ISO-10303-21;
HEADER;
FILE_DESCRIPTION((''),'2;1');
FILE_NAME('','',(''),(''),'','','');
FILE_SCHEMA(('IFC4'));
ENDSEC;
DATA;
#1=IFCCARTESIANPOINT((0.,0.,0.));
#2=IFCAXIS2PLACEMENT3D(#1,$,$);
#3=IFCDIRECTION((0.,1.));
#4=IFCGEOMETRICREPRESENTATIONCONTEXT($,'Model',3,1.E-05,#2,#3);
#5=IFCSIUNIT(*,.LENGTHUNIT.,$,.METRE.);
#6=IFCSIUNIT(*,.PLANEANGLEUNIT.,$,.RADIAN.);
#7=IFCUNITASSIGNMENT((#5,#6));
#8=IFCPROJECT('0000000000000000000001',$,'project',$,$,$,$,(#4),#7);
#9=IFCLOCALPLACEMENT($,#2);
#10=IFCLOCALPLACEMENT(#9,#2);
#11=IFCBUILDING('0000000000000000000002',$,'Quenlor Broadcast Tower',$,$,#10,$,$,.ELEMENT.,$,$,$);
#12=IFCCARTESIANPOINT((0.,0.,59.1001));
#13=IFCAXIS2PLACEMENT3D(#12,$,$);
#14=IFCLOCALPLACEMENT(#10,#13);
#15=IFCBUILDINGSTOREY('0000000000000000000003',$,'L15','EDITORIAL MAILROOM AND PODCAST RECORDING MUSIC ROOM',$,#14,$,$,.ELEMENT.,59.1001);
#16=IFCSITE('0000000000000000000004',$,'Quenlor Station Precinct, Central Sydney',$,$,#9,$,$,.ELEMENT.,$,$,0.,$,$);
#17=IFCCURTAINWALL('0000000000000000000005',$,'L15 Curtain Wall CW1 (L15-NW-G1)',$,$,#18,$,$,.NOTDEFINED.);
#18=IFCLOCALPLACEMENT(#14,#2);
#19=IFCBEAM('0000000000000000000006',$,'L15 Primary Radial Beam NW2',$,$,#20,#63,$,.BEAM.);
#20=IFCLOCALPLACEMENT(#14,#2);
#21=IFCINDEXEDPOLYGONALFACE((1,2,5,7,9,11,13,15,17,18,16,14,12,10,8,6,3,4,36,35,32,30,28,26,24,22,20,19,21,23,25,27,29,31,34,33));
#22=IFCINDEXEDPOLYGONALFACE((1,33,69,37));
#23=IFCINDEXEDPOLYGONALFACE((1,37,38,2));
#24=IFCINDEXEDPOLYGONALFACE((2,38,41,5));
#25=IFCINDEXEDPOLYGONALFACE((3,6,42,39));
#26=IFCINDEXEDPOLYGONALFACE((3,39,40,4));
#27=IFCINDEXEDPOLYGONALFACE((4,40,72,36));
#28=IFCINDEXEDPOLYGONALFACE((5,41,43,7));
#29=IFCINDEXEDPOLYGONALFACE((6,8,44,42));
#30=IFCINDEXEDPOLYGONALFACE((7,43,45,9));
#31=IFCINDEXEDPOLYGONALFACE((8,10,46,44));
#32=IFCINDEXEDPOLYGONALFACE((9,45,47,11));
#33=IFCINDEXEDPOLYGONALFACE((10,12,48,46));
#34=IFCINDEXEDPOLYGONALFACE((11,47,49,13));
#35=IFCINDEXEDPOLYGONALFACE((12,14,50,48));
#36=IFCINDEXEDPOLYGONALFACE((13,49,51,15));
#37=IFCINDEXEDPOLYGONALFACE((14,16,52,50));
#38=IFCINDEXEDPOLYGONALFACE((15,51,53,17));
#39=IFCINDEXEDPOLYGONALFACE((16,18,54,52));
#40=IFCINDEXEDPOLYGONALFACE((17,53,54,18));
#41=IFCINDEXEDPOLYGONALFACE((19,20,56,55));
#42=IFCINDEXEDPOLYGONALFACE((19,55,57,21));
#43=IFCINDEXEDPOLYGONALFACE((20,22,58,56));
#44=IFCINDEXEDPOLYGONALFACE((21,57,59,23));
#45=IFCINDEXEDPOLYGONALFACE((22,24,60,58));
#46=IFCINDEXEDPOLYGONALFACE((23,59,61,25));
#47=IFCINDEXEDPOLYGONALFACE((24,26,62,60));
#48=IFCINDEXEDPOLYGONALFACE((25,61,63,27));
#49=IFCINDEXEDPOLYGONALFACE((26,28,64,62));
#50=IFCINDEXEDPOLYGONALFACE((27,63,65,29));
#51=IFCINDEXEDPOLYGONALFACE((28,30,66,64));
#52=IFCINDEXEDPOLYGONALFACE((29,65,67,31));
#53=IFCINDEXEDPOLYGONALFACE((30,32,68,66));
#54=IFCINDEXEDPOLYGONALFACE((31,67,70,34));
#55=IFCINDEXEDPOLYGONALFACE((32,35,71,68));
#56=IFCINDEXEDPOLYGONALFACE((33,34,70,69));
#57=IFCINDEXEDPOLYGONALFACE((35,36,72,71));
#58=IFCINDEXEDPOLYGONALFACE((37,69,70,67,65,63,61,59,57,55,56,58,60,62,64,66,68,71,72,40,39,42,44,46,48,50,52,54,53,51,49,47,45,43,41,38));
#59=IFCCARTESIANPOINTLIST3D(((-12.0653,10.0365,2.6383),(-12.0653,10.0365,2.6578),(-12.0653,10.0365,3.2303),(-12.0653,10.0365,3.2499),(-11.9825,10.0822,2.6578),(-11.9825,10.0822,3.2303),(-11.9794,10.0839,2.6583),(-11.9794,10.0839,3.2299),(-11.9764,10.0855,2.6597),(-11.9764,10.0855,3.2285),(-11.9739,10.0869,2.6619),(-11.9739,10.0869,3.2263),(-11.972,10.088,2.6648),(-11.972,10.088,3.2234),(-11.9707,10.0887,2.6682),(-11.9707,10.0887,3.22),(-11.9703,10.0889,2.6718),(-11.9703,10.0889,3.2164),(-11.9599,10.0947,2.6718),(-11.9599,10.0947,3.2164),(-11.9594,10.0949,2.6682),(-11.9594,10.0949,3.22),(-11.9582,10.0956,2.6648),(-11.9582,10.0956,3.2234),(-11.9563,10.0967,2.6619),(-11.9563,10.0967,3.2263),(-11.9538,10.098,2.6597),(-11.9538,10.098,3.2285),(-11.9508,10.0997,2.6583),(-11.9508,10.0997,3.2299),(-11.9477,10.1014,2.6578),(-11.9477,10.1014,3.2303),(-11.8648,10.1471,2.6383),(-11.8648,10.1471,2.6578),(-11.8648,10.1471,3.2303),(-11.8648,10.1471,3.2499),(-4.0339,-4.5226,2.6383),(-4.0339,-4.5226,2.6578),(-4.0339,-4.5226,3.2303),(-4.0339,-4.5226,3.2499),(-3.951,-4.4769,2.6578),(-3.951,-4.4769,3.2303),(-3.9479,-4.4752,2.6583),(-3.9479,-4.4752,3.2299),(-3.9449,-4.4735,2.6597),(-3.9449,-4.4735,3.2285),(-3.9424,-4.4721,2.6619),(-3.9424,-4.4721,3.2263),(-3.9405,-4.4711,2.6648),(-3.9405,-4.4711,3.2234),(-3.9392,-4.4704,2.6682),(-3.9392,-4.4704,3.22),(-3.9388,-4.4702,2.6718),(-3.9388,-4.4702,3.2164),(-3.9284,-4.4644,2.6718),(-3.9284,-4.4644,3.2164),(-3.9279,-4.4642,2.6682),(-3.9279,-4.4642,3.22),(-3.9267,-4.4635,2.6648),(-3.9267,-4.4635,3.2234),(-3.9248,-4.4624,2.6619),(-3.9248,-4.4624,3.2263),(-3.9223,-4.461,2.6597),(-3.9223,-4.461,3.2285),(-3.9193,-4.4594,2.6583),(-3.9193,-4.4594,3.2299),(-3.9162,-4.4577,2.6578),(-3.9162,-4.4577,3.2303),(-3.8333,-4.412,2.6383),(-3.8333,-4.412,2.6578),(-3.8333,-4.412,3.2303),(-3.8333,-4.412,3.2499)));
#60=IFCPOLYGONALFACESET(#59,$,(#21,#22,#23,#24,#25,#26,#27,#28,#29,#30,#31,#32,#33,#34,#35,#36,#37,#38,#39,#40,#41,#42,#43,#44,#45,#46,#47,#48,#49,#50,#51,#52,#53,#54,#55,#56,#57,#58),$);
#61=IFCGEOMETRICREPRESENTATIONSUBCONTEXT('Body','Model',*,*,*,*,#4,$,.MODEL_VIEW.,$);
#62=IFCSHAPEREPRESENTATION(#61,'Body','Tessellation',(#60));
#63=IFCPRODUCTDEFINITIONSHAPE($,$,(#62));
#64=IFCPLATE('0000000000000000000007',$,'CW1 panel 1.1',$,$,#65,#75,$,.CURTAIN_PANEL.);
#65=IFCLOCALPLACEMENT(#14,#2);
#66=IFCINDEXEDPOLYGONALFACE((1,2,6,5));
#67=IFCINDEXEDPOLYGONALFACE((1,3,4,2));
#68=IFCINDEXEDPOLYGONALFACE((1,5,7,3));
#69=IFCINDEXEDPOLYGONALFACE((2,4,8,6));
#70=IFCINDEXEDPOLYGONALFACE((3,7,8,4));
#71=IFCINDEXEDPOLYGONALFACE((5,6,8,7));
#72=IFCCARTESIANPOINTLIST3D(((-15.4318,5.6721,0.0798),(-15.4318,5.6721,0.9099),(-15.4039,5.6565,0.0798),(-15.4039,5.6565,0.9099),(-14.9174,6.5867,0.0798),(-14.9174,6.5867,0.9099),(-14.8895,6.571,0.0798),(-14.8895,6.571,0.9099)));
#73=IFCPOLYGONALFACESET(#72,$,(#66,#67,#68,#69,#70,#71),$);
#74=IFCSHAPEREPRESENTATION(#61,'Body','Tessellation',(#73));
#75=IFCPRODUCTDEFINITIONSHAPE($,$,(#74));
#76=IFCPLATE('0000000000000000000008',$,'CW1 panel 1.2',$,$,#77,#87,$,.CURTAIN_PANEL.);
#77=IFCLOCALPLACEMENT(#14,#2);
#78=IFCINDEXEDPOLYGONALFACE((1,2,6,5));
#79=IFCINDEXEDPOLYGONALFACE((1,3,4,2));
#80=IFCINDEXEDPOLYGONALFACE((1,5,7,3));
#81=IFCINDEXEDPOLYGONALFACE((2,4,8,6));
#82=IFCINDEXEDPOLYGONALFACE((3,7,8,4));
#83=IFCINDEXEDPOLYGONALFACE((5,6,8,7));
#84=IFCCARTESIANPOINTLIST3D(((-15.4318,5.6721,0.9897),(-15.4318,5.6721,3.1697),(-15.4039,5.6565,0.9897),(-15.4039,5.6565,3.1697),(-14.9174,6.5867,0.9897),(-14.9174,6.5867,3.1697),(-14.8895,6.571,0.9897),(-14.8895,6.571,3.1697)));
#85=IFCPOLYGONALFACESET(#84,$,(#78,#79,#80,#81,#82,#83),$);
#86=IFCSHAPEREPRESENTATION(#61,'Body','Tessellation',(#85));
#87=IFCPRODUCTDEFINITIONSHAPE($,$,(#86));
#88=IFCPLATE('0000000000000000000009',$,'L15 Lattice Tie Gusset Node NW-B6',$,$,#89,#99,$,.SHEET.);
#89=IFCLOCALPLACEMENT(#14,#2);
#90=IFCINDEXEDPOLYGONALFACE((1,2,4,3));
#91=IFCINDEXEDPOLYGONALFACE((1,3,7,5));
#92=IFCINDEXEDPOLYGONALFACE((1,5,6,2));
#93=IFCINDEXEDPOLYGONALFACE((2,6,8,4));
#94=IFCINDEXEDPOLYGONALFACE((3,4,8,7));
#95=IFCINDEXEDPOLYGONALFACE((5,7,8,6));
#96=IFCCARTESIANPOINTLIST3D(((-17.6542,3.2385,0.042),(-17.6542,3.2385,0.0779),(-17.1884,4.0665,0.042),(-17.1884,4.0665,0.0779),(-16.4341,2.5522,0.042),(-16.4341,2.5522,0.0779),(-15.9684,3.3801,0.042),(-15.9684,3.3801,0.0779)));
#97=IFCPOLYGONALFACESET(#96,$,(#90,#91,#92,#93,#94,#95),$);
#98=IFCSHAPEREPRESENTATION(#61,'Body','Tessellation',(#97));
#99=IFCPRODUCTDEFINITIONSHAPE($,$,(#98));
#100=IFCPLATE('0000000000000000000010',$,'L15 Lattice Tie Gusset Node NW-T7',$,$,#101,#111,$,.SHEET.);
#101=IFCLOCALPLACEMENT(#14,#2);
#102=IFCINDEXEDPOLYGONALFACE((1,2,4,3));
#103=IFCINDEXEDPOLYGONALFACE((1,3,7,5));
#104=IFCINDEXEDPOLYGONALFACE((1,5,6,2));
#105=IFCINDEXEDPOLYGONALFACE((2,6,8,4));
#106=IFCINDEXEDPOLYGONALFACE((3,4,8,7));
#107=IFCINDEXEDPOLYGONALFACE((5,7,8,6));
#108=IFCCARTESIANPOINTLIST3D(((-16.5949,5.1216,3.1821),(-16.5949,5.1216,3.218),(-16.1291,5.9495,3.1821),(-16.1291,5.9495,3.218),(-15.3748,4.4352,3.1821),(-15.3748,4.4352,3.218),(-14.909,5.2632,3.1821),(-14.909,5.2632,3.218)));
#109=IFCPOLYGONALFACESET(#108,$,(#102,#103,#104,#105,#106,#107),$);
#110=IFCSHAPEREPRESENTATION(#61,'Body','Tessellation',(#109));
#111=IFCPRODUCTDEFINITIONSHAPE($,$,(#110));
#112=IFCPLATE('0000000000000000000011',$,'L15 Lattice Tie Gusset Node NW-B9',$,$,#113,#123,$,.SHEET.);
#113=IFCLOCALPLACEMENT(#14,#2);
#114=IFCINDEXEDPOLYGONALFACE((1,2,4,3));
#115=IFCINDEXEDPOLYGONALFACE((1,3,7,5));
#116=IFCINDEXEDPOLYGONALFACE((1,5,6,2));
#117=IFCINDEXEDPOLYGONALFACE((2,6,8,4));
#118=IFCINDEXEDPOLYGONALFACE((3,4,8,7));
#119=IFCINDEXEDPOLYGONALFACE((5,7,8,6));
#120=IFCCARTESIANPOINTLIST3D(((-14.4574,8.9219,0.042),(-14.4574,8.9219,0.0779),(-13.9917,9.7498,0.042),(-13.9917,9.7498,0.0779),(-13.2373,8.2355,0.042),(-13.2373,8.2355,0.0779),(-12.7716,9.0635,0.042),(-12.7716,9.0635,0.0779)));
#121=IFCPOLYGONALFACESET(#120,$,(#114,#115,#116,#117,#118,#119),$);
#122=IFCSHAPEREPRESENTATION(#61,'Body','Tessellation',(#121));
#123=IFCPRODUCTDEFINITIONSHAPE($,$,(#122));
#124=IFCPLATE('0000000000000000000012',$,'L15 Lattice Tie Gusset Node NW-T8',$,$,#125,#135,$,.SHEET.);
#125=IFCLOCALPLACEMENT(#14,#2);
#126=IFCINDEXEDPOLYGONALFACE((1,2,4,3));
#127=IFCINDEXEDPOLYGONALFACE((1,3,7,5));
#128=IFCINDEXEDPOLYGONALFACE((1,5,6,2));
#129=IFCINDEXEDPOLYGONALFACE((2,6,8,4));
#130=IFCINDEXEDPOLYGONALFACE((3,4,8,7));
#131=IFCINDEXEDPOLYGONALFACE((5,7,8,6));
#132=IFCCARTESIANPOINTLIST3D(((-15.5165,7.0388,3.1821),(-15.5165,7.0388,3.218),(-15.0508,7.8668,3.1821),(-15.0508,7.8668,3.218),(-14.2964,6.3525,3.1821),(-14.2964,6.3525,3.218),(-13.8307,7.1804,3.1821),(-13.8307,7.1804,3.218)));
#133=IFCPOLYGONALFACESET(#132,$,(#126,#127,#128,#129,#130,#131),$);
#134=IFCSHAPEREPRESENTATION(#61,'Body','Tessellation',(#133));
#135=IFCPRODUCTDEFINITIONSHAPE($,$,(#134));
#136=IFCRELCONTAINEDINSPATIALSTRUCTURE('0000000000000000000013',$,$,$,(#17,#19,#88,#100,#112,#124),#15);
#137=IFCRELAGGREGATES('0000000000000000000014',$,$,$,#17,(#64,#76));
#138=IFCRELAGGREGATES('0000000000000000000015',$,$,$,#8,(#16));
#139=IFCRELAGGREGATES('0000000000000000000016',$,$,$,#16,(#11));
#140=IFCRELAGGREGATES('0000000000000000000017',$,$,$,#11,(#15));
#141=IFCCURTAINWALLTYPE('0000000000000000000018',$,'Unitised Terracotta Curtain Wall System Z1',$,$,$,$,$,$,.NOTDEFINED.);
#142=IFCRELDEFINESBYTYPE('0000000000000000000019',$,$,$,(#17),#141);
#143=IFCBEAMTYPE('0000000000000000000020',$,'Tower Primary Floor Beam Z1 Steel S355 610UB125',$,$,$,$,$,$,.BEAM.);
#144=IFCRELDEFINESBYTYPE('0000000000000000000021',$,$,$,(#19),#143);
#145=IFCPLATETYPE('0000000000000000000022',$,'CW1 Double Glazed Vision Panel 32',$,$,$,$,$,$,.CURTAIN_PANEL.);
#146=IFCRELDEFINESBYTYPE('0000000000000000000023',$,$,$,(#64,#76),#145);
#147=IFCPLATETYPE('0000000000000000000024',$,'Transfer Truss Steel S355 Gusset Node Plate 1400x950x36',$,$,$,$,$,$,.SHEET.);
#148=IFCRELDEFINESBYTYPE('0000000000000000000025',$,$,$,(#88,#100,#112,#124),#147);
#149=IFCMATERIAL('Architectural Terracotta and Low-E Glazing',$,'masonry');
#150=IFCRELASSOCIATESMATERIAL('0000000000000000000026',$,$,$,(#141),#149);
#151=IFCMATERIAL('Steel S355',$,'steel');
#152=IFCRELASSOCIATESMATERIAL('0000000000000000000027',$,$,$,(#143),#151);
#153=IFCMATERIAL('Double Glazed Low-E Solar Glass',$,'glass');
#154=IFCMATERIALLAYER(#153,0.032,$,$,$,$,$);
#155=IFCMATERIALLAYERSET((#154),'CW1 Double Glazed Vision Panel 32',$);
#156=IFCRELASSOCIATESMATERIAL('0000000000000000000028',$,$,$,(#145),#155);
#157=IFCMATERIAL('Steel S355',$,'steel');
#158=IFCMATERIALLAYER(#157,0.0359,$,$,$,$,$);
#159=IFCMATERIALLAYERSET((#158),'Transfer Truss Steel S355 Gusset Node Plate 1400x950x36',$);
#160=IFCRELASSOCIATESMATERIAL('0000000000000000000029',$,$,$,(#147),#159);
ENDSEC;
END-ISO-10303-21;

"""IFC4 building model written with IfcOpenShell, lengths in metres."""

from ifc_helpers import new_model, si_unit, direction, frame, origin, origin_2d, place, context, subcontext, project, spatial, rectangle, i_section, extrude, material, layer, layer_set, material_profile, profile_set, type_object, element, aggregate, save


model = new_model("IFC4")

# Units and contexts
model_context = context("Model", 3, precision=1e-05, world=origin(), true_north=direction((0.0, 1.0)))
body_context = subcontext(model_context, "Body", "Model", "MODEL_VIEW")
ifc_project = project(units=[si_unit("LENGTHUNIT", "METRE"), si_unit("PLANEANGLEUNIT", "RADIAN")], contexts=[model_context])

# Site, building, storey
site_placement = place(None, origin())
site = spatial("IfcSite", under=ifc_project, at=site_placement, Name="Quenlor Station Precinct, Central Sydney", CompositionType="ELEMENT", RefElevation=0.0)
building_placement = place(site_placement, origin())
building = spatial("IfcBuilding", under=site, at=building_placement, Name="Quenlor Broadcast Tower", CompositionType="ELEMENT")
storey_placement = place(building_placement, frame((0.0, 0.0, 59.1001)))
storey = spatial("IfcBuildingStorey", under=building, at=storey_placement, Name="L15", Description="EDITORIAL MAILROOM AND PODCAST RECORDING MUSIC ROOM", CompositionType="ELEMENT", Elevation=59.1001)

# Curtain wall
ifc_material_1 = material(Name="Architectural Terracotta and Low-E Glazing", Category="masonry")
curtain_wall_type = type_object("IfcCurtainWallType", Name="Unitised Terracotta Curtain Wall System Z1", PredefinedType="NOTDEFINED", material=ifc_material_1)
curtain_wall_placement = place(storey_placement, origin())
curtain_wall = element("IfcCurtainWall", 1, at=curtain_wall_placement, inside=storey, type_object=curtain_wall_type, Name="L15 Curtain Wall CW1 (L15-NW-G1)", PredefinedType="NOTDEFINED")

# Beam
ifc_material_2 = material(Name="Steel S355", Category="steel")
ifc_material_profile_1 = material_profile(ifc_material_2, i_section(OverallWidth=0.229, OverallDepth=0.6116, WebThickness=0.012, FlangeThickness=0.0195, FilletRadius=0.0139, at=origin_2d()))
ifc_profile_set_1 = profile_set([ifc_material_profile_1], Name="Steel S355 610UB125")
beam_type_1 = type_object("IfcBeamType", Name="Tower Primary Floor Beam Z1 Steel S355 610UB125", PredefinedType="BEAM", material=ifc_profile_set_1)
beam_1_placement = place(storey_placement, frame((-11.9651, 10.0918, 2.9441), z_axis=(0.483026, -0.875606, 0.0), x_axis=(0.875606, 0.483026, 0.0)))
element("IfcBeam", 2, at=beam_1_placement, inside=storey, type_object=beam_type_1, Name="L15 Primary Radial Beam NW2", PredefinedType="BEAM", context=body_context, shape_type="SweptSolid", body=[
    extrude(i_section(OverallWidth=0.229, OverallDepth=0.6116, WebThickness=0.012, FlangeThickness=0.0195, FilletRadius=0.0139, at=origin_2d()), origin(), (0.0, 0.0, 1.0), 16.6274),
])

# Plates
ifc_material_3 = material(Name="Double Glazed Low-E Solar Glass", Category="glass")
ifc_layer_1 = layer(ifc_material_3, 0.032)
ifc_layer_set_1 = layer_set([ifc_layer_1], Name="CW1 Double Glazed Vision Panel 32")
plate_type_1 = type_object("IfcPlateType", Name="CW1 Double Glazed Vision Panel 32", PredefinedType="CURTAIN_PANEL", material=ifc_layer_set_1)
plate_1_placement = place(storey_placement, frame((-15.1606, 6.1216, 0.0798), z_axis=(0.0, 0.0, 1.0), x_axis=(0.490277, 0.871567, 0.0)))
plate_1 = element("IfcPlate", 3, at=plate_1_placement, type_object=plate_type_1, Name="CW1 panel 1.1", PredefinedType="CURTAIN_PANEL", context=body_context, shape_type="SweptSolid", body=[
    extrude(rectangle(XDim=1.0493, YDim=0.032, at=origin_2d()), origin(), (0.0, 0.0, 1.0), 0.8301),
])
plate_2_placement = place(storey_placement, frame((-15.1606, 6.1216, 0.9897), z_axis=(0.0, 0.0, 1.0), x_axis=(0.490277, 0.871567, 0.0)))
plate_2 = element("IfcPlate", 4, at=plate_2_placement, type_object=plate_type_1, Name="CW1 panel 1.2", PredefinedType="CURTAIN_PANEL", context=body_context, shape_type="SweptSolid", body=[
    extrude(rectangle(XDim=1.0493, YDim=0.032, at=origin_2d()), origin(), (0.0, 0.0, 1.0), 2.1799),
])
aggregate(curtain_wall, [plate_1, plate_2])

# Plates
ifc_material_4 = material(Name="Steel S355", Category="steel")
ifc_layer_2 = layer(ifc_material_4, 0.0359)
ifc_layer_set_2 = layer_set([ifc_layer_2], Name="Transfer Truss Steel S355 Gusset Node Plate 1400x950x36")
plate_type_2 = type_object("IfcPlateType", Name="Transfer Truss Steel S355 Gusset Node Plate 1400x950x36", PredefinedType="SHEET", material=ifc_layer_set_2)
for number, where, z_axis, x_axis, name in (
    (5, (-16.8113, 3.3093, 0.042), (0.0, 0.0, 1.0), (-0.871556, 0.490295, 0.0), "L15 Lattice Tie Gusset Node NW-B6"),
    (6, (-15.752, 5.1924, 3.1821), (0.0, 0.0, 1.0), (-0.871556, 0.490295, 0.0), "L15 Lattice Tie Gusset Node NW-T7"),
    (7, (-13.6145, 8.9927, 0.042), (0.0, 0.0, 1.0), (-0.871556, 0.490295, 0.0), "L15 Lattice Tie Gusset Node NW-B9"),
    (8, (-14.6736, 7.1096, 3.1821), (0.0, 0.0, 1.0), (-0.871556, 0.490295, 0.0), "L15 Lattice Tie Gusset Node NW-T8"),
):
    element("IfcPlate", number, at=place(storey_placement, frame(where, z_axis=z_axis, x_axis=x_axis)), inside=storey, type_object=plate_type_2, Name=name, PredefinedType="SHEET", context=body_context, shape_type="SweptSolid", body=[
        extrude(rectangle(XDim=1.3999, YDim=0.95, at=origin_2d()), origin(), (0.0, 0.0, 1.0), 0.0359),
    ])

save(model, "model.ifc")
